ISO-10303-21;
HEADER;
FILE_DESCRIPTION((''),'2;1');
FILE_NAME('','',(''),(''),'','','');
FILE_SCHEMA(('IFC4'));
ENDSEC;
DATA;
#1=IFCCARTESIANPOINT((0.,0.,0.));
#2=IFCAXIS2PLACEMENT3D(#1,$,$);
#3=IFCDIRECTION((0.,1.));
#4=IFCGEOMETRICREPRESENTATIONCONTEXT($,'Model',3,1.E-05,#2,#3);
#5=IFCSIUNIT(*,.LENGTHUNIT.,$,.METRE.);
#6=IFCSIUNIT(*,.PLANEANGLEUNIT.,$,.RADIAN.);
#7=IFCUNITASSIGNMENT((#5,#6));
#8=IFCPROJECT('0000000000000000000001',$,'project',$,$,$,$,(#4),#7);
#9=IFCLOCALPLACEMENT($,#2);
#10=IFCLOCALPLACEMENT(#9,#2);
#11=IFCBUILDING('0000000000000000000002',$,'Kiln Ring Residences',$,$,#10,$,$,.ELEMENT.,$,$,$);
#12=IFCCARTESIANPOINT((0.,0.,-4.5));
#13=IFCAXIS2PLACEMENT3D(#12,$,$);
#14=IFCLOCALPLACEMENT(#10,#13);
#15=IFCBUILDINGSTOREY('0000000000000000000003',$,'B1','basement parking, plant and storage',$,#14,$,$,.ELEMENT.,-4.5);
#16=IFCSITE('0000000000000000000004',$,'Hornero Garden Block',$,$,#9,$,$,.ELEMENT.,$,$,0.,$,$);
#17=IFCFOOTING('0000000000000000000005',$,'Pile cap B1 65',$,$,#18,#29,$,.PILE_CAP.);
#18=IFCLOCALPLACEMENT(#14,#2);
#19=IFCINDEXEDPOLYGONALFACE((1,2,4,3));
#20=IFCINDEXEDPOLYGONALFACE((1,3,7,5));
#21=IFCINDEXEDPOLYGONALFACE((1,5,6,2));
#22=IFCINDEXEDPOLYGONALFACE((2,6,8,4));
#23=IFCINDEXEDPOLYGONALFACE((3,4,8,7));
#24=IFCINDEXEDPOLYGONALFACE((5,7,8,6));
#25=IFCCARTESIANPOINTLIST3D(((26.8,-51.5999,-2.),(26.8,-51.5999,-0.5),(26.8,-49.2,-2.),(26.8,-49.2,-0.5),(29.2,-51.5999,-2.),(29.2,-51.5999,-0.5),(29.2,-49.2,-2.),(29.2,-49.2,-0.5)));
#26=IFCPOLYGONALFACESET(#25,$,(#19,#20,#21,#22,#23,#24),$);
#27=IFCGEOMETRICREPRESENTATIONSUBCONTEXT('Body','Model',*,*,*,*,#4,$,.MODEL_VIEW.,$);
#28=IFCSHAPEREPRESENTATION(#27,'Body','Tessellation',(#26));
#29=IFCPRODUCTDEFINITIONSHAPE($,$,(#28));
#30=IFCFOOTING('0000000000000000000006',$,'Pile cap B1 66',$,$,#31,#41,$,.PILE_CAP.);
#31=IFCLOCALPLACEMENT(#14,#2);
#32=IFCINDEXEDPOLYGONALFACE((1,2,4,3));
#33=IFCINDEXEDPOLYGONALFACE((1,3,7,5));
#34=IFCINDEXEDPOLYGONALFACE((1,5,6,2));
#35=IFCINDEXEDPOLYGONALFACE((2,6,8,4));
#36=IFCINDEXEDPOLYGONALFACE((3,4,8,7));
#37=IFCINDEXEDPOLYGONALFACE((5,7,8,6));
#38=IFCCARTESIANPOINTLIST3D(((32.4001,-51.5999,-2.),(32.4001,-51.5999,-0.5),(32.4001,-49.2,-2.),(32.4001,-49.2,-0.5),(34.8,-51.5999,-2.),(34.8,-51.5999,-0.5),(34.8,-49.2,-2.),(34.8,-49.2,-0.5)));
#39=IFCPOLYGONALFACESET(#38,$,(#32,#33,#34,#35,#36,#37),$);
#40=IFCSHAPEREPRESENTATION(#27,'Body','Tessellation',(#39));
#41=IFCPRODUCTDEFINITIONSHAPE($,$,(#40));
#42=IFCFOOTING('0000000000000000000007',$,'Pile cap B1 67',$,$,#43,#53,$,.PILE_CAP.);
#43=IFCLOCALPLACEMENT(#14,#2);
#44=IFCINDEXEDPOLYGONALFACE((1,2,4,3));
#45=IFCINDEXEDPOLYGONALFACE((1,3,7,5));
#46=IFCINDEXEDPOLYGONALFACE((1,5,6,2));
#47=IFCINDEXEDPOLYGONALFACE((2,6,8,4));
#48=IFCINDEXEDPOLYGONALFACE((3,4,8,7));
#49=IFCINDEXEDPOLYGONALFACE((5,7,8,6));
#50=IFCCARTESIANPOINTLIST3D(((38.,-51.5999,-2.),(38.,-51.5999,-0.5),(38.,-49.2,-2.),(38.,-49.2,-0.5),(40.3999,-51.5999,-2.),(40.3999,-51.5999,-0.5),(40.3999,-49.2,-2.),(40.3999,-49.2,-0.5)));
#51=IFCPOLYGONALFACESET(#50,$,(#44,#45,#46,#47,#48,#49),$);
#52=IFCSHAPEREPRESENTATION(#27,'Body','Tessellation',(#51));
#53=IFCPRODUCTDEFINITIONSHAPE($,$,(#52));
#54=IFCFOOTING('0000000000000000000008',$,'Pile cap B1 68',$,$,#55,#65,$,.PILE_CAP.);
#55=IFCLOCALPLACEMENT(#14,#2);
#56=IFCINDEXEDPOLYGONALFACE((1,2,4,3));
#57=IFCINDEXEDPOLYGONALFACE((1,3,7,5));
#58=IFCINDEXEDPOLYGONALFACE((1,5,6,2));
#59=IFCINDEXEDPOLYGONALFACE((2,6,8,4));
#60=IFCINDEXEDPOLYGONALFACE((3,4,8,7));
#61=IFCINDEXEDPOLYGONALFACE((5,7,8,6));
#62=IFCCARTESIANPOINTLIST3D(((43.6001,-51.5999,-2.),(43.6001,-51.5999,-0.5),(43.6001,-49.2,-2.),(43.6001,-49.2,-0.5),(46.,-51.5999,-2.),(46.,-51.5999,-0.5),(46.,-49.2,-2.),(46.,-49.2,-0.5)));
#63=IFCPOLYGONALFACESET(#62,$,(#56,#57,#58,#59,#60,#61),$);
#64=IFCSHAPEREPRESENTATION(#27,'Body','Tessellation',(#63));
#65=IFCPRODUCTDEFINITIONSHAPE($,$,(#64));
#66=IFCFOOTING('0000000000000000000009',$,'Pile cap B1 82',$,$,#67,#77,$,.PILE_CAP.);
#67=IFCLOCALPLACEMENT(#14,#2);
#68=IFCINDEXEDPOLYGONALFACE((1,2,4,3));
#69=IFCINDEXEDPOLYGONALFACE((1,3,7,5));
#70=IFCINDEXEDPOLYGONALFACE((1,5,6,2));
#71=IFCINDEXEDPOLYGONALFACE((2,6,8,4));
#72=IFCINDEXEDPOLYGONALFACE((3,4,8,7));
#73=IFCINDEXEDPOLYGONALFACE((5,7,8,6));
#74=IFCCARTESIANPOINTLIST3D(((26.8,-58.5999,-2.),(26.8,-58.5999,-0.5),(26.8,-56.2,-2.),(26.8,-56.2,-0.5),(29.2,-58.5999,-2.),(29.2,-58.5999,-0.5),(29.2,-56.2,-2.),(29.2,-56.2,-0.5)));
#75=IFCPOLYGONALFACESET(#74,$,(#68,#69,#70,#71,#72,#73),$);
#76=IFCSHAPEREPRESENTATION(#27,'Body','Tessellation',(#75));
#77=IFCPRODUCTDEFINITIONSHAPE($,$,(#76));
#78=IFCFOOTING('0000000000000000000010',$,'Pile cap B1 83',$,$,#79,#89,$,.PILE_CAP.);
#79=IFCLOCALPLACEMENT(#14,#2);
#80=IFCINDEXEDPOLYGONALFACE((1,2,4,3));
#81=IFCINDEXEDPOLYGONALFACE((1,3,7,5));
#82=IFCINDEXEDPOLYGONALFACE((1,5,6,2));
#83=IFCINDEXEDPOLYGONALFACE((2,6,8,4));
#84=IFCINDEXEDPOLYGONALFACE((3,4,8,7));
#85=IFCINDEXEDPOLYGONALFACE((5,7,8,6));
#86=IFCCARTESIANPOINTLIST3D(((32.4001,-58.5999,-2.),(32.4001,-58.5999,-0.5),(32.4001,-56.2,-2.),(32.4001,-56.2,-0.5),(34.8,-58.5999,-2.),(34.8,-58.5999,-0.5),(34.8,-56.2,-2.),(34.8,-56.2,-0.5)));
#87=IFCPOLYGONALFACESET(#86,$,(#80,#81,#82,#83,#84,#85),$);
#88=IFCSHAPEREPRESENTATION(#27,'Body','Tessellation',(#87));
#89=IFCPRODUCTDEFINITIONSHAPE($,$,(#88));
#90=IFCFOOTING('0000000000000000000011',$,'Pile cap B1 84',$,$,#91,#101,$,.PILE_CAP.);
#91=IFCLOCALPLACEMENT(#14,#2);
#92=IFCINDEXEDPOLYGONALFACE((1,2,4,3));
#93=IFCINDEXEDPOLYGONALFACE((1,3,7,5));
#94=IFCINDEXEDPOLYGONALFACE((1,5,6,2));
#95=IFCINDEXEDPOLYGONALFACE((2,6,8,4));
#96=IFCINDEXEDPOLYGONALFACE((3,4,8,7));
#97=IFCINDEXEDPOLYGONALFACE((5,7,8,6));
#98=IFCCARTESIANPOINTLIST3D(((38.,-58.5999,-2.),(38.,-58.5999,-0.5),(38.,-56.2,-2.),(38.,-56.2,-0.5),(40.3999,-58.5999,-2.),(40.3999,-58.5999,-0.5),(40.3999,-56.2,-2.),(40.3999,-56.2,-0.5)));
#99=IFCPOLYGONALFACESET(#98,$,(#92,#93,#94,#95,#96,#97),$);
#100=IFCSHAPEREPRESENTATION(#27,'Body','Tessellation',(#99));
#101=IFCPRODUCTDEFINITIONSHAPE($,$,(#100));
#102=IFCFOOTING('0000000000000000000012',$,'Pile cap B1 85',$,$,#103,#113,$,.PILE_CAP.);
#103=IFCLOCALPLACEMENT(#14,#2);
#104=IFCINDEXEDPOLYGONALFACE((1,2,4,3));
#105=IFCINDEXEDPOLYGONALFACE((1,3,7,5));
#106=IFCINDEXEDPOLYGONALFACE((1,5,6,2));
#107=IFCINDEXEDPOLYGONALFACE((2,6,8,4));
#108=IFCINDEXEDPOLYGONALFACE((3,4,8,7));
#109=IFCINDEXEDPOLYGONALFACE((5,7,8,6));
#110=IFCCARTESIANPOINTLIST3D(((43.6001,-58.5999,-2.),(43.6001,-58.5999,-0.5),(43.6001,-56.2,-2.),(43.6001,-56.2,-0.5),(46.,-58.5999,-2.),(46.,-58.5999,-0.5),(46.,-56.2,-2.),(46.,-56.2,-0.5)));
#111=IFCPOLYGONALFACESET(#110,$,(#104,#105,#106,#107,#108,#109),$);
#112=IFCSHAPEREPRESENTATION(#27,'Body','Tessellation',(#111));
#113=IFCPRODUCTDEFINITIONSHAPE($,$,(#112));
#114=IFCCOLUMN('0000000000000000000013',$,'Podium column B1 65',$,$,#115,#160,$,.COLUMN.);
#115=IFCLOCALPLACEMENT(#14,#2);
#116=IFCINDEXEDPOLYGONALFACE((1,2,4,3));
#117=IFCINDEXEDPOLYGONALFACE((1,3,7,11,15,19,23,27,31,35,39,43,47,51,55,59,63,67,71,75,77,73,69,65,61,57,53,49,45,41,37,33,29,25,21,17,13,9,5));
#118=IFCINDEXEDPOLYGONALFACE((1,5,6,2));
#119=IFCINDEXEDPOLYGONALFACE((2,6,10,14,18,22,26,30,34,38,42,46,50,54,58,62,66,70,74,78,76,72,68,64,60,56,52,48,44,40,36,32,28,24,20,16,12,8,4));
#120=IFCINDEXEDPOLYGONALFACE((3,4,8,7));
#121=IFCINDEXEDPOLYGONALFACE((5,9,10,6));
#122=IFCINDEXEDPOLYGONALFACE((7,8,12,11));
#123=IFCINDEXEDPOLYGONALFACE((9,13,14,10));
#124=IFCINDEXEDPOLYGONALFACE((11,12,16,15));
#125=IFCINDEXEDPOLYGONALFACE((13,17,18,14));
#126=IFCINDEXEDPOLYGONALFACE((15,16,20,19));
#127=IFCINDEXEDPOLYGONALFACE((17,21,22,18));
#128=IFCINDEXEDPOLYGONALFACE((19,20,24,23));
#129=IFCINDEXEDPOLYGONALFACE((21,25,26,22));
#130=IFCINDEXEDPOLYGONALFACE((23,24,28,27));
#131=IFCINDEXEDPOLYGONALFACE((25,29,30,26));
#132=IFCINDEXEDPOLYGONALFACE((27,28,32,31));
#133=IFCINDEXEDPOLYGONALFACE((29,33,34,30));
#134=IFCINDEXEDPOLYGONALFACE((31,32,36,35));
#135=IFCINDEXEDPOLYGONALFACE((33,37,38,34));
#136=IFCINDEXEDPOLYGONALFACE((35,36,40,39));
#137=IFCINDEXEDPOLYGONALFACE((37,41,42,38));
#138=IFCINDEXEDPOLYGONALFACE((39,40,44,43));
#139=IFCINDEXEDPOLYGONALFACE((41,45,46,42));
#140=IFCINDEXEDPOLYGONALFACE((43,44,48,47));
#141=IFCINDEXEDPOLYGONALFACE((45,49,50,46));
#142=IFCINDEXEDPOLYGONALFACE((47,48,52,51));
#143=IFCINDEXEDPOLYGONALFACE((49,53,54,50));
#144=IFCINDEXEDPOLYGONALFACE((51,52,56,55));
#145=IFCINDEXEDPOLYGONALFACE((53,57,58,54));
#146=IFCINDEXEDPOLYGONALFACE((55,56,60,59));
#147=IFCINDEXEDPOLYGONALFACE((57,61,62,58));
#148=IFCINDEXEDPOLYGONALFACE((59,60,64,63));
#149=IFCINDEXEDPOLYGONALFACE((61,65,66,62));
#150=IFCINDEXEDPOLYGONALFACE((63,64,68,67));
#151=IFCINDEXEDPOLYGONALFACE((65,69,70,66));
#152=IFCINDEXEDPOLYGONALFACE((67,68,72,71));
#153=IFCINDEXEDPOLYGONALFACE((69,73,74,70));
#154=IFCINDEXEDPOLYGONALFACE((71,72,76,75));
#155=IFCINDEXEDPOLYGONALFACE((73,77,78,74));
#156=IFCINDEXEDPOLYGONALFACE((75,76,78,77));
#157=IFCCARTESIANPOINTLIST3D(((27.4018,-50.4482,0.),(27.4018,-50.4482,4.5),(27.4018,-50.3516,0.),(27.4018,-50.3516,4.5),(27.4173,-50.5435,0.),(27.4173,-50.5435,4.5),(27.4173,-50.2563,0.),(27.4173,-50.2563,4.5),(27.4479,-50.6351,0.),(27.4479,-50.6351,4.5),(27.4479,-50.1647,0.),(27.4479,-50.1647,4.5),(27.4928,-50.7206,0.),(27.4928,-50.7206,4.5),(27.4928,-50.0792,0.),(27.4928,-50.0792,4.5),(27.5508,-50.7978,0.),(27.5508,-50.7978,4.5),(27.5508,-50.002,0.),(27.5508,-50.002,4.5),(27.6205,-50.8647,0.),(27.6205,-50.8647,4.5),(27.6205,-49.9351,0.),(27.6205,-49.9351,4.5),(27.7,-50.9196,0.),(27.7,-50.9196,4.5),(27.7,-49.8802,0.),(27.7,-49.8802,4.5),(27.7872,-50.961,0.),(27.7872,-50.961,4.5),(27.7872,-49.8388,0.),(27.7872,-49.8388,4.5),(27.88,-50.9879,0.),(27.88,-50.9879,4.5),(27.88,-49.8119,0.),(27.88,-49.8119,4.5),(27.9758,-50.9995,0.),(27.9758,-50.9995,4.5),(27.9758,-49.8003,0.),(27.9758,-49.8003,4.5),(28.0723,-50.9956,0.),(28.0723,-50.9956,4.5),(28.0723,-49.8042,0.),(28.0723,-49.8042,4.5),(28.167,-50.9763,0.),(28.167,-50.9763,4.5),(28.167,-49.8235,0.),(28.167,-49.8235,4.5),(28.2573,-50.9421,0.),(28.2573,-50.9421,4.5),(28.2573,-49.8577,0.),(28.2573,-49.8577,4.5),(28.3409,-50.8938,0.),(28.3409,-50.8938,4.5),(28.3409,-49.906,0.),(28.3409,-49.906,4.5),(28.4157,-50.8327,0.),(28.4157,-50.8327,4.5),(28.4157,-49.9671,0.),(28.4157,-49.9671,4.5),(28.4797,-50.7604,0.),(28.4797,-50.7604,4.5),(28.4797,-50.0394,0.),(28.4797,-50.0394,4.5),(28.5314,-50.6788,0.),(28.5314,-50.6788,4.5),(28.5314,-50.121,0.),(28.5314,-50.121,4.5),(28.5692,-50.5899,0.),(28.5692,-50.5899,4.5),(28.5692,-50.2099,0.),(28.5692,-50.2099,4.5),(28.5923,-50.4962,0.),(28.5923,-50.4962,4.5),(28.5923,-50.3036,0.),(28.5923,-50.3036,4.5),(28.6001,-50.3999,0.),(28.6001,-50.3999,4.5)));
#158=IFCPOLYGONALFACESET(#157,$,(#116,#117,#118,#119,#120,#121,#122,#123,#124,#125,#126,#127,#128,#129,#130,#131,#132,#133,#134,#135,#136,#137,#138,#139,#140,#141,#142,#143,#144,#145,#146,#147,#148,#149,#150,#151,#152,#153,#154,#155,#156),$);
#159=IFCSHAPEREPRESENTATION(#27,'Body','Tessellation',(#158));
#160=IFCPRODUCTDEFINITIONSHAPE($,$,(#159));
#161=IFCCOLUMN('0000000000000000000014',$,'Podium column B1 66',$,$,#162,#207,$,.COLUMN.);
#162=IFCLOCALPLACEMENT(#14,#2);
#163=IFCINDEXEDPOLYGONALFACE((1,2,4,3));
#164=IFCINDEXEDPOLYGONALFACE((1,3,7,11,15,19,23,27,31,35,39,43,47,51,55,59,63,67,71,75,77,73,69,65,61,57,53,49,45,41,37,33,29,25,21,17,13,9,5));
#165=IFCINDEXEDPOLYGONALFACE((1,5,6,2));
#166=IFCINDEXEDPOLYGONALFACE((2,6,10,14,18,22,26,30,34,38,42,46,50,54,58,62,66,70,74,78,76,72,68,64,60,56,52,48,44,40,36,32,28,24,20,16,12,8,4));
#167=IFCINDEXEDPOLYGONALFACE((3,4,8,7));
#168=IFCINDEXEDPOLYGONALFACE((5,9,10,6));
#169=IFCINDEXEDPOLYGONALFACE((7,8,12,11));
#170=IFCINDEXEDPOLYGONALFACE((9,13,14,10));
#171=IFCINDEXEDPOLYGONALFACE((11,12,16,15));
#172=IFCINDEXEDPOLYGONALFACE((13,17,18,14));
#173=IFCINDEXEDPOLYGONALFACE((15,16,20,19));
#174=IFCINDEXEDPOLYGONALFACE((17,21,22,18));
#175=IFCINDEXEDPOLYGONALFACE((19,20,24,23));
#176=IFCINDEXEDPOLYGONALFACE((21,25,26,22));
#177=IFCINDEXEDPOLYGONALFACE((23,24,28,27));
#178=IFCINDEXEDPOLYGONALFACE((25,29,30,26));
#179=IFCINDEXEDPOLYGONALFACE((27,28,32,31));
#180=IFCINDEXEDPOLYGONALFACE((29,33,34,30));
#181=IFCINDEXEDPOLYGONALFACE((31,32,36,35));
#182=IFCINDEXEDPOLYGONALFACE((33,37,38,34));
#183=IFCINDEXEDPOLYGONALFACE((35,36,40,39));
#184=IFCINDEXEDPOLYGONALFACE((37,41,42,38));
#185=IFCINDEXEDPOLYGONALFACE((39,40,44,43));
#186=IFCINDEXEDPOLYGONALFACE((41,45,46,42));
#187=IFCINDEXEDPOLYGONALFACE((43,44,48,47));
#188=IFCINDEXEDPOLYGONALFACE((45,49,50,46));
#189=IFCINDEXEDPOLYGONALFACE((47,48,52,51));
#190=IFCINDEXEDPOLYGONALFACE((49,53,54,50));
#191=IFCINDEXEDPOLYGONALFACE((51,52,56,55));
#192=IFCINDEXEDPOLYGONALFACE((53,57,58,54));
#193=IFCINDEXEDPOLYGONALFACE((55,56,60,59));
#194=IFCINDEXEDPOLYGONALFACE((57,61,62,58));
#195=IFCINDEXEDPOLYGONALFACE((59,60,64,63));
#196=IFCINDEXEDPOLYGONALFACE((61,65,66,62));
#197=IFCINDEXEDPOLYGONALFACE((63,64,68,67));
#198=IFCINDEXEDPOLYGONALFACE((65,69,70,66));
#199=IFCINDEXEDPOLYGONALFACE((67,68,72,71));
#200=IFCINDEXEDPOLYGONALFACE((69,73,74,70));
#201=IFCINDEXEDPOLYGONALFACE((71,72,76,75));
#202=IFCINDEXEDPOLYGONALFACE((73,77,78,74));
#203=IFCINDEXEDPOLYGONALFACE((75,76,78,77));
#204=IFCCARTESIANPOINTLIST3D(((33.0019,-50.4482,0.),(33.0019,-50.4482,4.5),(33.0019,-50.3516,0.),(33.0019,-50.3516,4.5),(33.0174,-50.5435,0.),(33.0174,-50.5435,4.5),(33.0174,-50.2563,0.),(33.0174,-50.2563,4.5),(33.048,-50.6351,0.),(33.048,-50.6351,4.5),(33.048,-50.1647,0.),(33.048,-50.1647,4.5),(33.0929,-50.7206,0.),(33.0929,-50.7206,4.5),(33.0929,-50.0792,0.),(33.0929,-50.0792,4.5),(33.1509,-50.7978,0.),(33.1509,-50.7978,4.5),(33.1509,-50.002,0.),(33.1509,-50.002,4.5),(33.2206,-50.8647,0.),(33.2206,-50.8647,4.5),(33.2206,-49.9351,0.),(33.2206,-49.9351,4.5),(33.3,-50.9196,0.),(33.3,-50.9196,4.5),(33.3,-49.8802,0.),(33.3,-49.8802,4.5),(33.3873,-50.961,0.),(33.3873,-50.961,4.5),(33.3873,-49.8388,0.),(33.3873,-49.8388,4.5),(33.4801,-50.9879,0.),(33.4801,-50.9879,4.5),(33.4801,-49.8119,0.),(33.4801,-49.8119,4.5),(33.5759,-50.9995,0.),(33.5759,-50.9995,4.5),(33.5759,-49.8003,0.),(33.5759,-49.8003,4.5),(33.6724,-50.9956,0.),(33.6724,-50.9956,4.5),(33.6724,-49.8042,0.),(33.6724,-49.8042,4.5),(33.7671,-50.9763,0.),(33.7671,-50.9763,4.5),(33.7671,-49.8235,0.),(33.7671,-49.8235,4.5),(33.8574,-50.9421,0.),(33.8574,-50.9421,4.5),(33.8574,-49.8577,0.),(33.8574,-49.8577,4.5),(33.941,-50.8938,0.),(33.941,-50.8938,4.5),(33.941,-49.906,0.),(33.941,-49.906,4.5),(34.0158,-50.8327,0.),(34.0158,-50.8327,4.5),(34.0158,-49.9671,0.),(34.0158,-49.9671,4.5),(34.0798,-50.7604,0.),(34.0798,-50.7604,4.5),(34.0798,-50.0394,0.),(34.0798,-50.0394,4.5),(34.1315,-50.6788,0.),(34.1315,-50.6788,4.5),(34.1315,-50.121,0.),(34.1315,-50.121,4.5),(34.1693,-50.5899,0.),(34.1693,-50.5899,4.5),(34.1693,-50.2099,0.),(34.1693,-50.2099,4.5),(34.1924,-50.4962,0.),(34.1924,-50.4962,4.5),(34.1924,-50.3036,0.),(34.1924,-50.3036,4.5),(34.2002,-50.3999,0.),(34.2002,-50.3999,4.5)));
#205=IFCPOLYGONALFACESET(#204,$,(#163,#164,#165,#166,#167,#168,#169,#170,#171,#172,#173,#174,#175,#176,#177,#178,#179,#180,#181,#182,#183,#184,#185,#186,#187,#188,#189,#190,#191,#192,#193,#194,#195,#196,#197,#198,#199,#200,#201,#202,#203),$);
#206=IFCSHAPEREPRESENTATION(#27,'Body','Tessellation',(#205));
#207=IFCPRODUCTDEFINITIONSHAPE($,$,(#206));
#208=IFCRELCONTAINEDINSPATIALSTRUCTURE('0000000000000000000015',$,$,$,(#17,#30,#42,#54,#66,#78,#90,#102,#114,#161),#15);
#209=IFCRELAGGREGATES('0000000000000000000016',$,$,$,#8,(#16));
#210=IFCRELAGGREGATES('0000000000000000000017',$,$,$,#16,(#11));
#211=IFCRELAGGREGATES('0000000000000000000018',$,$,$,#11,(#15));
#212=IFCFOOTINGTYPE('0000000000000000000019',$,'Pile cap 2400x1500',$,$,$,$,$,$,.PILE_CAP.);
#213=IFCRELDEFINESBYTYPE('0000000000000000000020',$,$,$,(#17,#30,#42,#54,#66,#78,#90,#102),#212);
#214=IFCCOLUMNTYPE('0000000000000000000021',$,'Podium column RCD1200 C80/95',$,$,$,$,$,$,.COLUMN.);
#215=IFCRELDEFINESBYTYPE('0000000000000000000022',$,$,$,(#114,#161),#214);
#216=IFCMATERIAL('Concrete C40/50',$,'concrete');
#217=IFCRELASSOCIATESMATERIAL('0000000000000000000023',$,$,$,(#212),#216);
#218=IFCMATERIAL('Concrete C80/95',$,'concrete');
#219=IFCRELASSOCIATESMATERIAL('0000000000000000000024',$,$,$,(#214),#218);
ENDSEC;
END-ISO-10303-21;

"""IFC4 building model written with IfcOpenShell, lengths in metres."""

from ifc_helpers import new_model, si_unit, direction, frame, origin, origin_2d, place, context, subcontext, project, spatial, rectangle, circle, extrude, material, material_profile, profile_set, type_object, element, save


model = new_model("IFC4")

# Units and contexts
model_context = context("Model", 3, precision=1e-05, world=origin(), true_north=direction((0.0, 1.0)))
body_context = subcontext(model_context, "Body", "Model", "MODEL_VIEW")
ifc_project = project(units=[si_unit("LENGTHUNIT", "METRE"), si_unit("PLANEANGLEUNIT", "RADIAN")], contexts=[model_context])

# Site, building, storey
site_placement = place(None, origin())
site = spatial("IfcSite", under=ifc_project, at=site_placement, Name="Hornero Garden Block", CompositionType="ELEMENT", RefElevation=0.0)
building_placement = place(site_placement, origin())
building = spatial("IfcBuilding", under=site, at=building_placement, Name="Kiln Ring Residences", CompositionType="ELEMENT")
storey_placement = place(building_placement, frame((0.0, 0.0, -4.5)))
storey = spatial("IfcBuildingStorey", under=building, at=storey_placement, Name="B1", Description="basement parking, plant and storage", CompositionType="ELEMENT", Elevation=-4.5)

# Footings
ifc_material_1 = material(Name="Concrete C40/50", Category="concrete")
footing_type = type_object("IfcFootingType", Name="Pile cap 2400x1500", PredefinedType="PILE_CAP", material=ifc_material_1)
for number, where, z_axis, x_axis, name in (
    (1, (28.0, -50.3999, -2.0), (0.0, 0.0, 1.0), (1.0, 0.0, 0.0), "Pile cap B1 65"),
    (2, (33.6001, -50.3999, -2.0), (0.0, 0.0, 1.0), (1.0, 0.0, 0.0), "Pile cap B1 66"),
    (3, (39.2, -50.3999, -2.0), (0.0, 0.0, 1.0), (1.0, 0.0, 0.0), "Pile cap B1 67"),
    (4, (44.8, -50.3999, -2.0), (0.0, 0.0, 1.0), (1.0, 0.0, 0.0), "Pile cap B1 68"),
    (5, (28.0, -57.3999, -2.0), (0.0, 0.0, 1.0), (1.0, 0.0, 0.0), "Pile cap B1 82"),
    (6, (33.6001, -57.3999, -2.0), (0.0, 0.0, 1.0), (1.0, 0.0, 0.0), "Pile cap B1 83"),
    (7, (39.2, -57.3999, -2.0), (0.0, 0.0, 1.0), (1.0, 0.0, 0.0), "Pile cap B1 84"),
    (8, (44.8, -57.3999, -2.0), (0.0, 0.0, 1.0), (1.0, 0.0, 0.0), "Pile cap B1 85"),
):
    element("IfcFooting", number, at=place(storey_placement, frame(where, z_axis=z_axis, x_axis=x_axis)), inside=storey, type_object=footing_type, Name=name, PredefinedType="PILE_CAP", context=body_context, shape_type="SweptSolid", body=[
        extrude(rectangle(XDim=2.3999, YDim=2.3999, at=origin_2d()), origin(), (0.0, 0.0, 1.0), 1.5),
    ])

# Columns
ifc_material_2 = material(Name="Concrete C80/95", Category="concrete")
ifc_material_profile_1 = material_profile(ifc_material_2, circle(Radius=0.6001, at=origin_2d()), Name="RCD1200")
ifc_profile_set_1 = profile_set([ifc_material_profile_1], Name="Concrete C80/95")
column_type = type_object("IfcColumnType", Name="Podium column RCD1200 C80/95", PredefinedType="COLUMN", material=ifc_profile_set_1)
for number, where, z_axis, x_axis, name in (
    (9, (28.0, -50.3999, 0.0), (0.0, 0.0, 1.0), (1.0, 0.0, 0.0), "Podium column B1 65"),
    (10, (33.6001, -50.3999, 0.0), (0.0, 0.0, 1.0), (1.0, 0.0, 0.0), "Podium column B1 66"),
):
    element("IfcColumn", number, at=place(storey_placement, frame(where, z_axis=z_axis, x_axis=x_axis)), inside=storey, type_object=column_type, Name=name, PredefinedType="COLUMN", context=body_context, shape_type="SweptSolid", body=[
        extrude(circle(Radius=0.6001, at=origin_2d()), origin(), (0.0, 0.0, 1.0), 4.5),
    ])

save(model, "model.ifc")
